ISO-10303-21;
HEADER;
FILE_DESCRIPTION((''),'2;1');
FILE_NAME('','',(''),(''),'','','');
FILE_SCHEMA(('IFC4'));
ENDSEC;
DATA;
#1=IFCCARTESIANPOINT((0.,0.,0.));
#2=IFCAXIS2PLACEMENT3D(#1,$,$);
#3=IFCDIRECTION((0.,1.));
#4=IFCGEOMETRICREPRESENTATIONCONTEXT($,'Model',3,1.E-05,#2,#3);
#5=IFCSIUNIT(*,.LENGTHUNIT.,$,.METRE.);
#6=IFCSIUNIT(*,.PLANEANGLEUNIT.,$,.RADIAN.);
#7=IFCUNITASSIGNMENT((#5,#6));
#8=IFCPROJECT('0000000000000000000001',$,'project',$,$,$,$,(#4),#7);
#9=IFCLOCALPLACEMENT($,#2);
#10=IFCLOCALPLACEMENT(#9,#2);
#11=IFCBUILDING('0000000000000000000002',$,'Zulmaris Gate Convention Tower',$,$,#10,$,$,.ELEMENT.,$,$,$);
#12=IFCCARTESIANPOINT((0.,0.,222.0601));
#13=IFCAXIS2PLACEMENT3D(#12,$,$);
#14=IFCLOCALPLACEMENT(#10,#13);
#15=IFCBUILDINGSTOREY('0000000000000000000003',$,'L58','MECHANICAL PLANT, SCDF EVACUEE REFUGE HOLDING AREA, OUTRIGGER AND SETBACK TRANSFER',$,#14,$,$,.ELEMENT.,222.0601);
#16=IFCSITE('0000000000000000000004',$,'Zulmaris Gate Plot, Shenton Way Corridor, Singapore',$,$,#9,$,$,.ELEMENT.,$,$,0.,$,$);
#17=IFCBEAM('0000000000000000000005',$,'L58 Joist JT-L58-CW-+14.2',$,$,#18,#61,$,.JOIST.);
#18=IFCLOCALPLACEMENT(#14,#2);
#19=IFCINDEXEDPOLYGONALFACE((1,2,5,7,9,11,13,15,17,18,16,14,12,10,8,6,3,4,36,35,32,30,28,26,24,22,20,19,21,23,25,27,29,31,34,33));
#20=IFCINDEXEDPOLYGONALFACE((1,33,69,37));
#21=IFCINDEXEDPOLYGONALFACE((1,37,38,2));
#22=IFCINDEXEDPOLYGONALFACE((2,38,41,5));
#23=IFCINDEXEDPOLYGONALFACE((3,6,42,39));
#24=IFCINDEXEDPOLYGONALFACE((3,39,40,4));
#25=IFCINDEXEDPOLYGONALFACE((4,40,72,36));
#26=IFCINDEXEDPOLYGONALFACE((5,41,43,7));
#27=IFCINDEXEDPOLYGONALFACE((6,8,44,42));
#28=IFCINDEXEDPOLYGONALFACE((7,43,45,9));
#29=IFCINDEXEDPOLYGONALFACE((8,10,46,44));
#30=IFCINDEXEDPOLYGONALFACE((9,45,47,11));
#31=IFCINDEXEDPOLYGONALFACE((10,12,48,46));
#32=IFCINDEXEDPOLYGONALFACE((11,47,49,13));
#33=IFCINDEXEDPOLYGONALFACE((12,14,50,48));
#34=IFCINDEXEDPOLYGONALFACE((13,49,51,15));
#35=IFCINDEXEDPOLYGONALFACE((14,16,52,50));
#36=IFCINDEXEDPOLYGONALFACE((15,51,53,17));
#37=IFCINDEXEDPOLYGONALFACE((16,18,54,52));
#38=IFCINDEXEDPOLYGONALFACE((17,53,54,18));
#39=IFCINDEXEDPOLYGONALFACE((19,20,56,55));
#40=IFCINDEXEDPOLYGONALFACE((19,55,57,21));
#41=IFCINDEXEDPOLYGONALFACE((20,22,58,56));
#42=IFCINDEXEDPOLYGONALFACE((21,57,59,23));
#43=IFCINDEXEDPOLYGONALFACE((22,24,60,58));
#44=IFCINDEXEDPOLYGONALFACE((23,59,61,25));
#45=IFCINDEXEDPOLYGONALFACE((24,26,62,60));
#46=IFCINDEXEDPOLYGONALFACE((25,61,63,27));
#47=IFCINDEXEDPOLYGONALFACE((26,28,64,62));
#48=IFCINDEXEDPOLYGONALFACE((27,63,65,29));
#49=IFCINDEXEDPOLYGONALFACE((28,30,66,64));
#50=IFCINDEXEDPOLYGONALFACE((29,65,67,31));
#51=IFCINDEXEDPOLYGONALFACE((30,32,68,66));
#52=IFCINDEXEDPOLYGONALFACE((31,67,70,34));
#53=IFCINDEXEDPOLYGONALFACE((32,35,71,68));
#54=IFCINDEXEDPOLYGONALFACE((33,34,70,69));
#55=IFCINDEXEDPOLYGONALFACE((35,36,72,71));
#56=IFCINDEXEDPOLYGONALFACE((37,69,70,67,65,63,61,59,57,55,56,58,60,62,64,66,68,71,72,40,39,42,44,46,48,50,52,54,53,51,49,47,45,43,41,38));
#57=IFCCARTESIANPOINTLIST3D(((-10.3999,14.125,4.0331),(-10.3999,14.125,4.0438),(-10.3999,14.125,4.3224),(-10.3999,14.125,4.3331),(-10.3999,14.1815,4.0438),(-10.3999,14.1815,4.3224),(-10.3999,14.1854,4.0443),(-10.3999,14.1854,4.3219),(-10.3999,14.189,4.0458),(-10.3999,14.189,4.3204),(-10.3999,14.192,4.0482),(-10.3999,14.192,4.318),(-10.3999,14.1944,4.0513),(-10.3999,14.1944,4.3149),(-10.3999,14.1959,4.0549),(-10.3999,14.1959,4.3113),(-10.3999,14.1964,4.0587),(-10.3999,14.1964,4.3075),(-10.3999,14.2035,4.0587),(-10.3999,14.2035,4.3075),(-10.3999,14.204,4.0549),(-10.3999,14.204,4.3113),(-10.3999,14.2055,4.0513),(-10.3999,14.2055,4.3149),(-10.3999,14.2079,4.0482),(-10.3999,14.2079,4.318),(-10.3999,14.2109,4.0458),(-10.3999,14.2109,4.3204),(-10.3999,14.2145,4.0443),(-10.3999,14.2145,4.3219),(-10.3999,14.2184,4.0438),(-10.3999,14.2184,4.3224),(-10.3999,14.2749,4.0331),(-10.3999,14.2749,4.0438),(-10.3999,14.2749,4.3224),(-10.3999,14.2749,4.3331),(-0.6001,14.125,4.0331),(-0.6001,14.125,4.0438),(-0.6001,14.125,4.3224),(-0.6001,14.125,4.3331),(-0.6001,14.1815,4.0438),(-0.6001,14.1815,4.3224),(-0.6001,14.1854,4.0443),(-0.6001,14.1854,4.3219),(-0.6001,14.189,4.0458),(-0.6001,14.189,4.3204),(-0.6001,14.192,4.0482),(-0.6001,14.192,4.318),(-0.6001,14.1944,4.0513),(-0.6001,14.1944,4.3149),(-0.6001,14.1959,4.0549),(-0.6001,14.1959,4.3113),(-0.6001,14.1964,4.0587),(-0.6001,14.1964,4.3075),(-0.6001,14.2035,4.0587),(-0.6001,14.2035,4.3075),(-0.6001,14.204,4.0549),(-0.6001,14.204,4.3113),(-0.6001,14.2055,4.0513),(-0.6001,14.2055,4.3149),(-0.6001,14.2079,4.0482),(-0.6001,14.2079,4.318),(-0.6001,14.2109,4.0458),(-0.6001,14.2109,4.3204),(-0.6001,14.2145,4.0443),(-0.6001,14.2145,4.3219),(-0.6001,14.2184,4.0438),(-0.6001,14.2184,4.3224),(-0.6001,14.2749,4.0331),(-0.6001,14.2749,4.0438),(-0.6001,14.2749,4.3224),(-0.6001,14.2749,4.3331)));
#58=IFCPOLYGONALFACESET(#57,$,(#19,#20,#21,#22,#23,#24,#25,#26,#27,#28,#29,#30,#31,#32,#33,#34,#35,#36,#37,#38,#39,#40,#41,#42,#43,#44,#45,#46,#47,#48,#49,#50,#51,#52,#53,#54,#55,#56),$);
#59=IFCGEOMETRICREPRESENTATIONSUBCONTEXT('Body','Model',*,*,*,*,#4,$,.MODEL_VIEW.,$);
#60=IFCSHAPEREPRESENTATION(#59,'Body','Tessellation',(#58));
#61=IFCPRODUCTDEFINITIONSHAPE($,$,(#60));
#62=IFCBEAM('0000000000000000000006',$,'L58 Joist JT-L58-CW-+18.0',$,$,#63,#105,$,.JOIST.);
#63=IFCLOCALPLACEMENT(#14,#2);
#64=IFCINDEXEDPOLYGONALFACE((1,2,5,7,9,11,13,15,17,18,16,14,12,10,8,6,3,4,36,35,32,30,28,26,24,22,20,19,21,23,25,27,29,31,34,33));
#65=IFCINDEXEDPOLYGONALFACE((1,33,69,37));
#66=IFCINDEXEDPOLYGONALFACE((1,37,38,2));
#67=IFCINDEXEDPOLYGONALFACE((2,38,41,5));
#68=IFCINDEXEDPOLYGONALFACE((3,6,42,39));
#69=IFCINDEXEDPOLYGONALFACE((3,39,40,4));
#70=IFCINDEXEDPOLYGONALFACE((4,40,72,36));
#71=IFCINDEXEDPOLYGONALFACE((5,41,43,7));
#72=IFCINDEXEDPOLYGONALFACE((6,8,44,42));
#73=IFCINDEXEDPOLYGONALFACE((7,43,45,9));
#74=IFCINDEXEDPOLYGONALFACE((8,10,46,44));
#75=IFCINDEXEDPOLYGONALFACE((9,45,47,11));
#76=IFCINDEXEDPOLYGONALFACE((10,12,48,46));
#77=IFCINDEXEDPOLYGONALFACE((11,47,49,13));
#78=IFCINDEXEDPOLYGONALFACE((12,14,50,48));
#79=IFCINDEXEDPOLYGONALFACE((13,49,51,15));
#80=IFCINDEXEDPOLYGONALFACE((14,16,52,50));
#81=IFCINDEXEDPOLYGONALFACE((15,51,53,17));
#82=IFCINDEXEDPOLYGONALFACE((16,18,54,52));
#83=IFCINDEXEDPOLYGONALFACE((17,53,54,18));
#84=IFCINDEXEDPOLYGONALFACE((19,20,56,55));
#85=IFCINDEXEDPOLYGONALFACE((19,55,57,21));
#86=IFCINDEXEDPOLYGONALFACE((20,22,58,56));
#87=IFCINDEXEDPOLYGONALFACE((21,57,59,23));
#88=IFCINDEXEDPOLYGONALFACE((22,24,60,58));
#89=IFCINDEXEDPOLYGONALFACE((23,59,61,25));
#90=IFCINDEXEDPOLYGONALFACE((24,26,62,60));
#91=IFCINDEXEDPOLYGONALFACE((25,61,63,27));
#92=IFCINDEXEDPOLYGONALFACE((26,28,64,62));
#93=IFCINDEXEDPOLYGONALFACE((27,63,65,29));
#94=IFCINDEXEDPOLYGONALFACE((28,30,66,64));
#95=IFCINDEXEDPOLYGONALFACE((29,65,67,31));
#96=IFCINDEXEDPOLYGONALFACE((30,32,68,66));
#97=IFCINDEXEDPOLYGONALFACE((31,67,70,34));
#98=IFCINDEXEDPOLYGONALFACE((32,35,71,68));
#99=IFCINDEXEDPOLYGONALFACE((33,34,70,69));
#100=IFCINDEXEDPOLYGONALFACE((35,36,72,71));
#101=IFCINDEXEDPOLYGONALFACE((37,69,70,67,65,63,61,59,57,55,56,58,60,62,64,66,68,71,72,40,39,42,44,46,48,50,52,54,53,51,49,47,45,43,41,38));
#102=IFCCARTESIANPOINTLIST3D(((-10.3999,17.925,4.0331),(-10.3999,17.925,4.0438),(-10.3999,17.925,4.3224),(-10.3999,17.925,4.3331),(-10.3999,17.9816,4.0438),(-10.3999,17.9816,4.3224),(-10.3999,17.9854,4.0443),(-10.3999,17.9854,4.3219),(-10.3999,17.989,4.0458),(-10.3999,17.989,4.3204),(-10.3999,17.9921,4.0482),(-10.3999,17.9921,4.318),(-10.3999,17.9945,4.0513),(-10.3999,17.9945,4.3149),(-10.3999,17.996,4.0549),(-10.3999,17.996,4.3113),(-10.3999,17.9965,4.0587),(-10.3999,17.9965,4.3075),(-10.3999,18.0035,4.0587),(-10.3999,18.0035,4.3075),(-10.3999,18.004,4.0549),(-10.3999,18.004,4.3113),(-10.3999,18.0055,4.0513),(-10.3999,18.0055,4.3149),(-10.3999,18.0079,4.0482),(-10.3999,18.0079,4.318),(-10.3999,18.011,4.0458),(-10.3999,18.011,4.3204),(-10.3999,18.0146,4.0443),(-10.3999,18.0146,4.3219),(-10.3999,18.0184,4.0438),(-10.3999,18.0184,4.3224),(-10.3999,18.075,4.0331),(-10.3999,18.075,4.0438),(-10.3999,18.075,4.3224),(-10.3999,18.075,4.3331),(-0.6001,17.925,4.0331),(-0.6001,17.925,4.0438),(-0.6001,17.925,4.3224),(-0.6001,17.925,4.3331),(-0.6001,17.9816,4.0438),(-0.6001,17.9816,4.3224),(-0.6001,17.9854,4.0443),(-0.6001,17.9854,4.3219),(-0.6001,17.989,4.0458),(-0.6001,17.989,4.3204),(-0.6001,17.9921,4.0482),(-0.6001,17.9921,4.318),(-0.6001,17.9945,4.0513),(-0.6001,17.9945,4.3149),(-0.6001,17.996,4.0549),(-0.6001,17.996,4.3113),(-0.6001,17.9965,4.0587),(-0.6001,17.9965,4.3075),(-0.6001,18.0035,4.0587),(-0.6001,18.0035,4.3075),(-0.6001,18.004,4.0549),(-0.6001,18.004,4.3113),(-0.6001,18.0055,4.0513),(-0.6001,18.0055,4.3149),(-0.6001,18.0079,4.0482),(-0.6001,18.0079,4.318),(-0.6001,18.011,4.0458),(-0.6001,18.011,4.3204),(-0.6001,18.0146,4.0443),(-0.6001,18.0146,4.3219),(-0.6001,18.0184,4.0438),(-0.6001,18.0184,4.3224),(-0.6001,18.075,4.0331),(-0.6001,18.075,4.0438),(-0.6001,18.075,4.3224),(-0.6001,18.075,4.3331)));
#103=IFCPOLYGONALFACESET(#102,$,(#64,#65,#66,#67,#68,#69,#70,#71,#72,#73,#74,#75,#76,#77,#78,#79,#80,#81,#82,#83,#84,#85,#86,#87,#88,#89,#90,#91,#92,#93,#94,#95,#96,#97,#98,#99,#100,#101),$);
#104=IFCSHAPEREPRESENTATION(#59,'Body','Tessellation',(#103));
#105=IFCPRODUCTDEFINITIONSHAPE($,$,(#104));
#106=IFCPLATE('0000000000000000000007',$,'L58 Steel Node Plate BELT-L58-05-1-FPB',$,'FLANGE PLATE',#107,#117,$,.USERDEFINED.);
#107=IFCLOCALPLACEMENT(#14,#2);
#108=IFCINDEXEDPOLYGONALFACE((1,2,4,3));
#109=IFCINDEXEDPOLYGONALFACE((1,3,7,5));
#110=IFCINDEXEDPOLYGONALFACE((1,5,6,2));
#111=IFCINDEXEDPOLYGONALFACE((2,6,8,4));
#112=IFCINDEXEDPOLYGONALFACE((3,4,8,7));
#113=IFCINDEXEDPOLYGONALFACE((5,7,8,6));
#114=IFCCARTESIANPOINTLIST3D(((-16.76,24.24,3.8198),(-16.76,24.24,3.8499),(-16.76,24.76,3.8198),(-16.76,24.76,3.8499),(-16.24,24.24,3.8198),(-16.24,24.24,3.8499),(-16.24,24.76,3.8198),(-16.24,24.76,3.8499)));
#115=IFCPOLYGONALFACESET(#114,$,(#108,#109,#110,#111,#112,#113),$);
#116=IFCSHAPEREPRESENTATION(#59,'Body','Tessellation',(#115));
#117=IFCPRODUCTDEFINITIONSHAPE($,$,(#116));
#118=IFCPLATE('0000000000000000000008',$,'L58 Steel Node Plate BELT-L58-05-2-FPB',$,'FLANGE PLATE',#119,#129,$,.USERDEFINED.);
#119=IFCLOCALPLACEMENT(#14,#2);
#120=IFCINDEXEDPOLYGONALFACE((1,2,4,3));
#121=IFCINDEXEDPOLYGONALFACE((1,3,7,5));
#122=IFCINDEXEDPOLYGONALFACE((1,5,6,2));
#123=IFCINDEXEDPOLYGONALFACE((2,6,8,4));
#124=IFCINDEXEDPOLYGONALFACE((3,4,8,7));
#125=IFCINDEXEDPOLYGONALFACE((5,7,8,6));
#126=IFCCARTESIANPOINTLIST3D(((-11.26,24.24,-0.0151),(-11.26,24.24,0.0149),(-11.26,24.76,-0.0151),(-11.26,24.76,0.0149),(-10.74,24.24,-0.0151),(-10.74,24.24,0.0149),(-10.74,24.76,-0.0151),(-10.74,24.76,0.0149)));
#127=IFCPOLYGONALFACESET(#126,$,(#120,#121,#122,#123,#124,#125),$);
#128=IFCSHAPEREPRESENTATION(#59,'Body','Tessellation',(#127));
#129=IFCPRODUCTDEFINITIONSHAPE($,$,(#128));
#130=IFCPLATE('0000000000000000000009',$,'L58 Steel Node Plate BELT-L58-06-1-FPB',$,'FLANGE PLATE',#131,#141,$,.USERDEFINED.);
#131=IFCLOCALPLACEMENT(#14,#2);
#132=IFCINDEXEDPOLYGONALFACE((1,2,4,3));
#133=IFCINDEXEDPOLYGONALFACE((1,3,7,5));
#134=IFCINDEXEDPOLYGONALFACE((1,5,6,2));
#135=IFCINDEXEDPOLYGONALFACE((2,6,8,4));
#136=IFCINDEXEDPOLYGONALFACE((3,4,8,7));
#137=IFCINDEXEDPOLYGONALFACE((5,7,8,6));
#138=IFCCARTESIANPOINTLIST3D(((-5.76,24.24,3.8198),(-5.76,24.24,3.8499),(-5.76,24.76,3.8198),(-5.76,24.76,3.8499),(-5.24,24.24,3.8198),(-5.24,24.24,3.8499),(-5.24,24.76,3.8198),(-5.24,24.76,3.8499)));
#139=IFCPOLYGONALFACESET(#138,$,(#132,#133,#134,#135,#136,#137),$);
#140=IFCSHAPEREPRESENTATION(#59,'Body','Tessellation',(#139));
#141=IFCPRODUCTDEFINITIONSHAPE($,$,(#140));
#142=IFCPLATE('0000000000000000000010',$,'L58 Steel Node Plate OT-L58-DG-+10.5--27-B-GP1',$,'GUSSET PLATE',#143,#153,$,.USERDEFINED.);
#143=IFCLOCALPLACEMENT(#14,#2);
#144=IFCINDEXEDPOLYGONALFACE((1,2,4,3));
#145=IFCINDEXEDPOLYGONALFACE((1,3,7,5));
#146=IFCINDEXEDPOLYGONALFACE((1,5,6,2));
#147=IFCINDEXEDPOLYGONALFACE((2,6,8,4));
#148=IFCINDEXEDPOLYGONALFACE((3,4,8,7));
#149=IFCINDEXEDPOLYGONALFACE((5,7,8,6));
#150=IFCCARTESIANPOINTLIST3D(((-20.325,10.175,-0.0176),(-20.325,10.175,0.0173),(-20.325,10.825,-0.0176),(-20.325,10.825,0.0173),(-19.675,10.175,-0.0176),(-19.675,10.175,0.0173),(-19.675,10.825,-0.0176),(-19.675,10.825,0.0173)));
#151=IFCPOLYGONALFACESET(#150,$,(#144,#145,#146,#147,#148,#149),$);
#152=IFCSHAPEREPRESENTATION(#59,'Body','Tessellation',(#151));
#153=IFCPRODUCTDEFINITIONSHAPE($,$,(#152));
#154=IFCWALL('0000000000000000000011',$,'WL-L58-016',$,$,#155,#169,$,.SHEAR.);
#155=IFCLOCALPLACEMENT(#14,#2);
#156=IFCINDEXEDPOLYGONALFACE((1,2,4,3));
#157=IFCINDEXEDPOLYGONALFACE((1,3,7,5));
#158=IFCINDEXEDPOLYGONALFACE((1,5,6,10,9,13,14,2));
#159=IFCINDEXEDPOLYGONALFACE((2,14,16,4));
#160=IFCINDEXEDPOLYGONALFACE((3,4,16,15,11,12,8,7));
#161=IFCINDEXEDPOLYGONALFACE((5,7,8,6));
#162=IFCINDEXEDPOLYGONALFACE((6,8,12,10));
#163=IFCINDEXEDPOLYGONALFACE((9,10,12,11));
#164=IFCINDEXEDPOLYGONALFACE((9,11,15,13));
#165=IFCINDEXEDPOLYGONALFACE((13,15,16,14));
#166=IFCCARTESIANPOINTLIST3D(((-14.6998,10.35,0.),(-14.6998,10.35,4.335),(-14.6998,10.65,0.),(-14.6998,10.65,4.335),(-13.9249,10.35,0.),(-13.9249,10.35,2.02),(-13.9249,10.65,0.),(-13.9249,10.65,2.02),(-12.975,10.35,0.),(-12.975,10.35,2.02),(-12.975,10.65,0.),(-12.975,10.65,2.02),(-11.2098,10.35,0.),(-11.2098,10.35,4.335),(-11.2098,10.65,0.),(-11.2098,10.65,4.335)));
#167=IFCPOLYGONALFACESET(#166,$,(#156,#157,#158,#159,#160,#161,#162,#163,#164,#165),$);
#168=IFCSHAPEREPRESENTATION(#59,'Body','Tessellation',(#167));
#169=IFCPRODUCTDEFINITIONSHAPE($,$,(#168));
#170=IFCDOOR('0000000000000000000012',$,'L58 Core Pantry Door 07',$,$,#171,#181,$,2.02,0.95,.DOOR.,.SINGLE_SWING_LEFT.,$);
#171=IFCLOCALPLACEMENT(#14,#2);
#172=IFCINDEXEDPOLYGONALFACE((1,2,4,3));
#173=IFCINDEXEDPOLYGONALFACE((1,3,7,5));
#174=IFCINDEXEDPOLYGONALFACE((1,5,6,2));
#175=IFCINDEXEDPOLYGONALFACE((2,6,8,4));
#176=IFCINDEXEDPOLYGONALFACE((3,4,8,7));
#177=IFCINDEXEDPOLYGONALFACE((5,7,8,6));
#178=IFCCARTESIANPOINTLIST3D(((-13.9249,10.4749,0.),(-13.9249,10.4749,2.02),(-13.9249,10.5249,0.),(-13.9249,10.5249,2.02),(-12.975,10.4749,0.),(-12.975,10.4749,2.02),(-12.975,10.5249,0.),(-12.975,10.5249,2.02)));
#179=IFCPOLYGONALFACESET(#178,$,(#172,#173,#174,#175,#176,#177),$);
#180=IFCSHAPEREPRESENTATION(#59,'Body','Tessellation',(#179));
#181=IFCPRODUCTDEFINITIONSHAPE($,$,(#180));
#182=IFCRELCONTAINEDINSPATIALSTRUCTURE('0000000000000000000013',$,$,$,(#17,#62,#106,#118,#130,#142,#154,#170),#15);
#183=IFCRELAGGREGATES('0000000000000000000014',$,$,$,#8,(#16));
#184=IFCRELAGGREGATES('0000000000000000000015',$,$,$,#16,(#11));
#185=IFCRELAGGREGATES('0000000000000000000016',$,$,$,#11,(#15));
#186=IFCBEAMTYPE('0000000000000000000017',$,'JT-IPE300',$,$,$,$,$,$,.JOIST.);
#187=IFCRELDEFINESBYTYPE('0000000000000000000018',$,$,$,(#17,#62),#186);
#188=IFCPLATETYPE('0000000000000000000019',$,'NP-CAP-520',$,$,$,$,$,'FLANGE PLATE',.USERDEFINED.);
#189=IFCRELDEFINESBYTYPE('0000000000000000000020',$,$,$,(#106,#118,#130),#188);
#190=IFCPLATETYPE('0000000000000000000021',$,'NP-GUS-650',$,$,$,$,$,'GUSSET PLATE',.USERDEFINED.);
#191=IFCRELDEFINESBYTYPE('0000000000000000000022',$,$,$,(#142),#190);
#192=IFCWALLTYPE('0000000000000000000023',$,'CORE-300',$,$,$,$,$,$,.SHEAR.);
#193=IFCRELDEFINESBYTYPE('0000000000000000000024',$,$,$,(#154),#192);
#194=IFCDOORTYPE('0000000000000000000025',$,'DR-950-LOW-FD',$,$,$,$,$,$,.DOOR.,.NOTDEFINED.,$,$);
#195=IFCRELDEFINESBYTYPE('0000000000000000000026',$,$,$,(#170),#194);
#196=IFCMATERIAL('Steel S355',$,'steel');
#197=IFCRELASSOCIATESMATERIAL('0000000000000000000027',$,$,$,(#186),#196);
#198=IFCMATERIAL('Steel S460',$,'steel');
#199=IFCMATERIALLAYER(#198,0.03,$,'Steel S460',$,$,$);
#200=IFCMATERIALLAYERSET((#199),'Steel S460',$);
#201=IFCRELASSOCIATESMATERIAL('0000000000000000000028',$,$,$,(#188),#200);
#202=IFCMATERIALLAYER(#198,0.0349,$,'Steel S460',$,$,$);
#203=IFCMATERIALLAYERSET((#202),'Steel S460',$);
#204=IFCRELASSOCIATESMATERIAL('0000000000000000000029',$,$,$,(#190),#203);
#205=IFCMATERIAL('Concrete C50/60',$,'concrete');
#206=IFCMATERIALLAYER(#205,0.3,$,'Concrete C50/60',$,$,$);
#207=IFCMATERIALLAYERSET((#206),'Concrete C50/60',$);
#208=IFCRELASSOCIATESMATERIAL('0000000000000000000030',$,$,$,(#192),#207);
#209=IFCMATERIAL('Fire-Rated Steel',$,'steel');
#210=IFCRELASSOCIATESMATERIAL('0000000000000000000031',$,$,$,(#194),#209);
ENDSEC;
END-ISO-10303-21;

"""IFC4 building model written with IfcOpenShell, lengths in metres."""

from ifc_helpers import new_model, si_unit, direction, frame, frame_2d, origin, origin_2d, place, context, subcontext, project, spatial, rectangle, i_section, extrude, material, layer, layer_set, material_profile, profile_set, type_object, element, fill, save


model = new_model("IFC4")

# Units and contexts
model_context = context("Model", 3, precision=1e-05, world=origin(), true_north=direction((0.0, 1.0)))
body_context = subcontext(model_context, "Body", "Model", "MODEL_VIEW")
ifc_project = project(units=[si_unit("LENGTHUNIT", "METRE"), si_unit("PLANEANGLEUNIT", "RADIAN")], contexts=[model_context])

# Site, building, storey
site_placement = place(None, origin())
site = spatial("IfcSite", under=ifc_project, at=site_placement, Name="Zulmaris Gate Plot, Shenton Way Corridor, Singapore", CompositionType="ELEMENT", RefElevation=0.0)
building_placement = place(site_placement, origin())
building = spatial("IfcBuilding", under=site, at=building_placement, Name="Zulmaris Gate Convention Tower", CompositionType="ELEMENT")
storey_placement = place(building_placement, frame((0.0, 0.0, 222.0601)))
storey = spatial("IfcBuildingStorey", under=building, at=storey_placement, Name="L58", Description="MECHANICAL PLANT, SCDF EVACUEE REFUGE HOLDING AREA, OUTRIGGER AND SETBACK TRANSFER", CompositionType="ELEMENT", Elevation=222.0601)

# Shared definitions
ifc_material_1 = material(Name="Steel S460", Category="steel")

# Beams
ifc_material_2 = material(Name="Steel S355", Category="steel")
ifc_material_profile_1 = material_profile(ifc_material_2, i_section(OverallWidth=0.1499, OverallDepth=0.3, WebThickness=0.0071, FlangeThickness=0.0107, FilletRadius=0.0149, at=origin_2d()), Name="IPE 300")
ifc_profile_set_1 = profile_set([ifc_material_profile_1], Name="Steel S355")
beam_type_1 = type_object("IfcBeamType", Name="JT-IPE300", PredefinedType="JOIST", material=ifc_profile_set_1)
for number, where, z_axis, x_axis, name in (
    (1, (-10.3999, 14.2, 4.1831), (1.0, 0.0, 0.0), (0.0, 1.0, 0.0), "L58 Joist JT-L58-CW-+14.2"),
    (2, (-10.3999, 18.0, 4.1831), (1.0, 0.0, 0.0), (0.0, 1.0, 0.0), "L58 Joist JT-L58-CW-+18.0"),
):
    element("IfcBeam", number, at=place(storey_placement, frame(where, z_axis=z_axis, x_axis=x_axis)), inside=storey, type_object=beam_type_1, Name=name, PredefinedType="JOIST", context=body_context, shape_type="SweptSolid", body=[
        extrude(i_section(OverallWidth=0.1499, OverallDepth=0.3, WebThickness=0.0071, FlangeThickness=0.0107, FilletRadius=0.0149, at=origin_2d()), origin(), (0.0, 0.0, 1.0), 9.7998),
    ])

# Plates
ifc_layer_1 = layer(ifc_material_1, 0.03, Name="Steel S460")
ifc_layer_set_1 = layer_set([ifc_layer_1], Name="Steel S460")
plate_type_1 = type_object("IfcPlateType", Name="NP-CAP-520", ElementType="FLANGE PLATE", PredefinedType="USERDEFINED", material=ifc_layer_set_1)
for number, where, z_axis, x_axis, name in (
    (3, (-16.5, 24.5, 3.8198), (0.0, 0.0, 1.0), (1.0, 0.0, 0.0), "L58 Steel Node Plate BELT-L58-05-1-FPB"),
    (4, (-11.0, 24.5, -0.0151), (0.0, 0.0, 1.0), (1.0, 0.0, 0.0), "L58 Steel Node Plate BELT-L58-05-2-FPB"),
    (5, (-5.5, 24.5, 3.8198), (0.0, 0.0, 1.0), (1.0, 0.0, 0.0), "L58 Steel Node Plate BELT-L58-06-1-FPB"),
):
    element("IfcPlate", number, at=place(storey_placement, frame(where, z_axis=z_axis, x_axis=x_axis)), inside=storey, type_object=plate_type_1, Name=name, ObjectType="FLANGE PLATE", PredefinedType="USERDEFINED", context=body_context, shape_type="SweptSolid", body=[
        extrude(rectangle(XDim=0.52, YDim=0.52, at=origin_2d()), origin(), (0.0, 0.0, 1.0), 0.03),
    ])
ifc_layer_2 = layer(ifc_material_1, 0.0349, Name="Steel S460")
ifc_layer_set_2 = layer_set([ifc_layer_2], Name="Steel S460")
plate_type_2 = type_object("IfcPlateType", Name="NP-GUS-650", ElementType="GUSSET PLATE", PredefinedType="USERDEFINED", material=ifc_layer_set_2)
plate_placement = place(storey_placement, frame((-20.0, 10.5, -0.0176), z_axis=(0.0, 0.0, 1.0), x_axis=(1.0, 0.0, 0.0)))
element("IfcPlate", 6, at=plate_placement, inside=storey, type_object=plate_type_2, Name="L58 Steel Node Plate OT-L58-DG-+10.5--27-B-GP1", ObjectType="GUSSET PLATE", PredefinedType="USERDEFINED", context=body_context, shape_type="SweptSolid", body=[
    extrude(rectangle(XDim=0.6499, YDim=0.6499, at=origin_2d()), origin(), (0.0, 0.0, 1.0), 0.0349),
])

# Wall, opening, door
ifc_material_3 = material(Name="Concrete C50/60", Category="concrete")
ifc_layer_3 = layer(ifc_material_3, 0.3, Name="Concrete C50/60")
ifc_layer_set_3 = layer_set([ifc_layer_3], Name="Concrete C50/60")
wall_type_1 = type_object("IfcWallType", Name="CORE-300", PredefinedType="SHEAR", material=ifc_layer_set_3)
wall_1_placement = place(storey_placement, frame((-14.7, 10.5, 0.0), z_axis=(0.0, 0.0, 1.0), x_axis=(1.0, 0.0, 0.0)))
wall_1 = element("IfcWall", 7, at=wall_1_placement, inside=storey, type_object=wall_type_1, Name="WL-L58-016", PredefinedType="SHEAR", context=body_context, shape_type="SweptSolid", body=[
    extrude(rectangle(XDim=3.49, YDim=0.3, at=frame_2d((1.7451, 0.0))), origin(), (0.0, 0.0, 1.0), 4.335),
])
opening_1_placement = place(wall_1_placement, frame((0.7749, 0.0, 0.0)))
opening_1 = element("IfcOpeningElement", 8, at=opening_1_placement, cuts=wall_1, PredefinedType="OPENING", context=body_context, shape_type="SweptSolid", body=[
    extrude(rectangle(XDim=0.95, YDim=2.02, at=frame_2d((0.4751, 1.01))), frame((0.0, 0.1602, 0.0), z_axis=(0.0, -1.0, 0.0), x_axis=(1.0, 0.0, 0.0)), (0.0, 0.0, 1.0), 0.3201),
])
ifc_material_4 = material(Name="Fire-Rated Steel", Category="steel")
door_type_1 = type_object("IfcDoorType", Name="DR-950-LOW-FD", OperationType="NOTDEFINED", PredefinedType="DOOR", material=ifc_material_4)
door_1_placement = place(opening_1_placement, origin())
door_1 = element("IfcDoor", 9, at=door_1_placement, inside=storey, type_object=door_type_1, Name="L58 Core Pantry Door 07", OperationType="SINGLE_SWING_LEFT", OverallHeight=2.02, OverallWidth=0.95, PredefinedType="DOOR", context=body_context, shape_type="SweptSolid", body=[
    extrude(rectangle(XDim=0.95, YDim=2.02, at=frame_2d((0.4751, 1.01))), frame((0.0, 0.0249, 0.0), z_axis=(0.0, -1.0, 0.0), x_axis=(1.0, 0.0, 0.0)), (0.0, 0.0, 1.0), 0.05),
])
fill(opening_1, door_1)

save(model, "model.ifc")
